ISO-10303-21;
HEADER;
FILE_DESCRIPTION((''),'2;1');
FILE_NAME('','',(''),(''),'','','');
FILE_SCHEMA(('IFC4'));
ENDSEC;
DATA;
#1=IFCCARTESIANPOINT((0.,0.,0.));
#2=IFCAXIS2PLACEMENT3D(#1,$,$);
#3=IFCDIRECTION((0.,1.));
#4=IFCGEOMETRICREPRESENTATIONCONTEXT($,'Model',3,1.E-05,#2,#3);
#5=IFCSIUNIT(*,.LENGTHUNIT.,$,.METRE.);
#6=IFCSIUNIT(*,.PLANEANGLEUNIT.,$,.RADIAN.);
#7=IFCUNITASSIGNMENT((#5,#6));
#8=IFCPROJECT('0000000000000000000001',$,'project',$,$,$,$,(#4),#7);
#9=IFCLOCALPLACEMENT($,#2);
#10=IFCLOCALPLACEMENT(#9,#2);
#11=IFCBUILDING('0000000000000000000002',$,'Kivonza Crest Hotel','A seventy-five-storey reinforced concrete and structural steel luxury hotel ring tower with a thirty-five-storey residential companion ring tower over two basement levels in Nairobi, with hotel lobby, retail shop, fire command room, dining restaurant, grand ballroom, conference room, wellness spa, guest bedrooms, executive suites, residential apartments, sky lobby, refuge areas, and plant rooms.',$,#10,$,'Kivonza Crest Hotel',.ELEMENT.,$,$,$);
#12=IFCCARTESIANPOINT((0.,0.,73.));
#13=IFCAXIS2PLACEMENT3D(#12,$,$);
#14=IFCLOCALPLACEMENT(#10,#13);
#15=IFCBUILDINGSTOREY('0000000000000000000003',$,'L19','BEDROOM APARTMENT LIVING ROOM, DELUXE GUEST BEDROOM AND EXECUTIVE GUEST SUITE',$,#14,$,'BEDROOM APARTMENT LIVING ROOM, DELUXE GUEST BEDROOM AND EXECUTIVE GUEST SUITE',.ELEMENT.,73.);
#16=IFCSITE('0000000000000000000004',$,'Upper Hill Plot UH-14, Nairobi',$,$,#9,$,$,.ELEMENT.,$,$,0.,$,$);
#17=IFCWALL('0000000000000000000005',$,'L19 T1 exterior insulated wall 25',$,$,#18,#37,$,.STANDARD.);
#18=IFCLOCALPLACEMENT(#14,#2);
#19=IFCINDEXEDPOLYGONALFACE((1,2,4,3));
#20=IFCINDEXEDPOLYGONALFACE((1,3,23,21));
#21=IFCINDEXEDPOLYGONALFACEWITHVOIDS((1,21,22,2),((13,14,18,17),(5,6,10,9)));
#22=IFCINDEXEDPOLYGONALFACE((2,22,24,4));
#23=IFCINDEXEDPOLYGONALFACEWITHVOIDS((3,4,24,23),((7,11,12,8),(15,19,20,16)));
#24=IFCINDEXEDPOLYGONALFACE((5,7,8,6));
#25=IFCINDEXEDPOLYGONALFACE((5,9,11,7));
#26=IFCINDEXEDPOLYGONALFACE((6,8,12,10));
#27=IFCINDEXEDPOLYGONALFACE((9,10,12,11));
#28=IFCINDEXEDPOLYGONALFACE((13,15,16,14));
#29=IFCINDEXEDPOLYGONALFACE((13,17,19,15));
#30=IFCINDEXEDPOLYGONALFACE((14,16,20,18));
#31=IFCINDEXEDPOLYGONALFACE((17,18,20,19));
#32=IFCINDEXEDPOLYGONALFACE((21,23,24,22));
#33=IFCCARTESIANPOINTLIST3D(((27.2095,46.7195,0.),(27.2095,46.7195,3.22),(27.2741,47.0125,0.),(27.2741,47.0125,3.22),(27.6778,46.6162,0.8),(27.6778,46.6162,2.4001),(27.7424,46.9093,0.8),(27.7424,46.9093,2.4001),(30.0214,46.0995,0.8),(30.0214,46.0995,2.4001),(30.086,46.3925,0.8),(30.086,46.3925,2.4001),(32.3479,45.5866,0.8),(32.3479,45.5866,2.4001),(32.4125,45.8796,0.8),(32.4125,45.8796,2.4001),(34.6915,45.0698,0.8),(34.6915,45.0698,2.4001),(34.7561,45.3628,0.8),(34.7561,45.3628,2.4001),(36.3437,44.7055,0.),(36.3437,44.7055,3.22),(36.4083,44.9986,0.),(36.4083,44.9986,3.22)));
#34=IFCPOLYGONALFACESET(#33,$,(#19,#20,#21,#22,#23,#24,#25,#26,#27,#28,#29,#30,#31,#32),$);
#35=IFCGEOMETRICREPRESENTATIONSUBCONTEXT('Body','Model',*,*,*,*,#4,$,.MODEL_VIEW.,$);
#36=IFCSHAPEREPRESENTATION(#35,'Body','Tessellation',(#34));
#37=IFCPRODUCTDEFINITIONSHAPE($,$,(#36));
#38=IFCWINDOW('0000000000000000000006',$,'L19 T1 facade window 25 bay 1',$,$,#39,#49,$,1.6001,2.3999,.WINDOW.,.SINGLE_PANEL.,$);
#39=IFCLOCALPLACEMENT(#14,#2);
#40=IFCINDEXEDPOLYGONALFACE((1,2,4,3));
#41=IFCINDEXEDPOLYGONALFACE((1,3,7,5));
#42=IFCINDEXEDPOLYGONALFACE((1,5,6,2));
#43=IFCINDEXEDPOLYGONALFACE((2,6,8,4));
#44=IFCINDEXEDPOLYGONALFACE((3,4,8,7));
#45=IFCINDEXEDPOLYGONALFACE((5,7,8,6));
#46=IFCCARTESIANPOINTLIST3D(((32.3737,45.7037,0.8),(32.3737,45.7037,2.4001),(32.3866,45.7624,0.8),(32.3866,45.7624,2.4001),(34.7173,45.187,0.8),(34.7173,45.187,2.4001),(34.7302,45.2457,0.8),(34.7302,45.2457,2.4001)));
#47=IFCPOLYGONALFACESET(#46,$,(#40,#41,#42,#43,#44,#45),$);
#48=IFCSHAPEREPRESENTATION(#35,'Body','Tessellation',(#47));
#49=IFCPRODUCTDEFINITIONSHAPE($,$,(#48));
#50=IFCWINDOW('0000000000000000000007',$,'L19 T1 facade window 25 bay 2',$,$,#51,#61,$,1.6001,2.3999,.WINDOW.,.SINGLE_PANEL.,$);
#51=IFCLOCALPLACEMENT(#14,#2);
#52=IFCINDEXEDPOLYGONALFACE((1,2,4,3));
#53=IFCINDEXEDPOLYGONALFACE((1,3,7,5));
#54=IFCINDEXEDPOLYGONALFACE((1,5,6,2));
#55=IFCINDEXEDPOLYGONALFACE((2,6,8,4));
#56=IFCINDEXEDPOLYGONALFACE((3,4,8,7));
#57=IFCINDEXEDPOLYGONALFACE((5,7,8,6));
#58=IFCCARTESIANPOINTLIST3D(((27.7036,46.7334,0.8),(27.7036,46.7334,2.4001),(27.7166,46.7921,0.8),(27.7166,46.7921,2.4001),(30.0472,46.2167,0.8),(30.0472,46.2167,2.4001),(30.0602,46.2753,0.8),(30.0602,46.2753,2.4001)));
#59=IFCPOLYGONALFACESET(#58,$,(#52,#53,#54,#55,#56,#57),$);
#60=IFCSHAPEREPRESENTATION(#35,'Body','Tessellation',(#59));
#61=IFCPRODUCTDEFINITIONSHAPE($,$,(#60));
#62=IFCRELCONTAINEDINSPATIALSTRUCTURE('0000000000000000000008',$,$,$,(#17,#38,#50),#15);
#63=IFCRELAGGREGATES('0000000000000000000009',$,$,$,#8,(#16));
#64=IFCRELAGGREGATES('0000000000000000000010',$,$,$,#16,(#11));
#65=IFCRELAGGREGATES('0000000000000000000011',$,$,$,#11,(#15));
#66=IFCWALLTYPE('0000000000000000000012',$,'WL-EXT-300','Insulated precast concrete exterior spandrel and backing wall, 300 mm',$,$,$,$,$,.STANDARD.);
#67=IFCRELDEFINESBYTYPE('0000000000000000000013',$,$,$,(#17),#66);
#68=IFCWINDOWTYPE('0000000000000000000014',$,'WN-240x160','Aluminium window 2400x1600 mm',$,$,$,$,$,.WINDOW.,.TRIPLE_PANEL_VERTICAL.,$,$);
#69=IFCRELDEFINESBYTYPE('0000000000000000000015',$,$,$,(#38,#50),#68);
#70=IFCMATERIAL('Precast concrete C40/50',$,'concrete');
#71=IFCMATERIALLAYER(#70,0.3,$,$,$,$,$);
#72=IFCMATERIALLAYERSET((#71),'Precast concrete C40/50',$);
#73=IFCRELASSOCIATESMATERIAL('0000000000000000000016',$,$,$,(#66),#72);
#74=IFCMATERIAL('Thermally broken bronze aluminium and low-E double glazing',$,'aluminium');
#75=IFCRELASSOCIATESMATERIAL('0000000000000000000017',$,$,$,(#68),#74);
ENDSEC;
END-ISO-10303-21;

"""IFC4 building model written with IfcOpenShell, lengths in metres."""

from ifc_helpers import new_model, si_unit, direction, frame, frame_2d, origin, place, context, subcontext, project, spatial, rectangle, extrude, material, layer, layer_set, type_object, element, fill, save


model = new_model("IFC4")

# Units and contexts
model_context = context("Model", 3, precision=1e-05, world=origin(), true_north=direction((0.0, 1.0)))
body_context = subcontext(model_context, "Body", "Model", "MODEL_VIEW")
ifc_project = project(units=[si_unit("LENGTHUNIT", "METRE"), si_unit("PLANEANGLEUNIT", "RADIAN")], contexts=[model_context])

# Site, building, storey
site_placement = place(None, origin())
site = spatial("IfcSite", under=ifc_project, at=site_placement, Name="Upper Hill Plot UH-14, Nairobi", CompositionType="ELEMENT", RefElevation=0.0)
building_placement = place(site_placement, origin())
building = spatial("IfcBuilding", under=site, at=building_placement, Name="Kivonza Crest Hotel", Description="A seventy-five-storey reinforced concrete and structural steel luxury hotel ring tower with a thirty-five-storey residential companion ring tower over two basement levels in Nairobi, with hotel lobby, retail shop, fire command room, dining restaurant, grand ballroom, conference room, wellness spa, guest bedrooms, executive suites, residential apartments, sky lobby, refuge areas, and plant rooms.", LongName="Kivonza Crest Hotel", CompositionType="ELEMENT")
storey_placement = place(building_placement, frame((0.0, 0.0, 73.0)))
storey = spatial("IfcBuildingStorey", under=building, at=storey_placement, Name="L19", Description="BEDROOM APARTMENT LIVING ROOM, DELUXE GUEST BEDROOM AND EXECUTIVE GUEST SUITE", LongName="BEDROOM APARTMENT LIVING ROOM, DELUXE GUEST BEDROOM AND EXECUTIVE GUEST SUITE", CompositionType="ELEMENT", Elevation=73.0)

# Shared definitions
ifc_material_1 = material(Name="Precast concrete C40/50", Category="concrete")
ifc_layer_1 = layer(ifc_material_1, 0.3)
ifc_layer_set_1 = layer_set([ifc_layer_1], Name="Precast concrete C40/50")
wall_type_1 = type_object("IfcWallType", Name="WL-EXT-300", Description="Insulated precast concrete exterior spandrel and backing wall, 300 mm", PredefinedType="STANDARD", material=ifc_layer_set_1)

# Wall, openings, windows
wall_1_placement = place(storey_placement, frame((36.376, 44.8521, 0.0), z_axis=(0.0, 0.0, 1.0), x_axis=(-0.976545, 0.215313, 0.0)))
wall_1 = element("IfcWall", 1, at=wall_1_placement, inside=storey, type_object=wall_type_1, Name="L19 T1 exterior insulated wall 25", PredefinedType="STANDARD", context=body_context, shape_type="SweptSolid", body=[
    extrude(rectangle(XDim=9.3535, YDim=0.3, at=frame_2d((4.6768, 0.0))), origin(), (0.0, 0.0, 1.0), 3.22),
])
opening_1_placement = place(wall_1_placement, frame((1.6919, 0.0, 0.8)))
opening_1 = element("IfcOpeningElement", 2, at=opening_1_placement, cuts=wall_1, PredefinedType="OPENING", context=body_context, shape_type="SweptSolid", body=[
    extrude(rectangle(XDim=2.3999, YDim=1.6001, at=frame_2d((1.2, 0.8))), frame((0.0, 0.1602, 0.0), z_axis=(0.0, -1.0, 0.0), x_axis=(1.0, 0.0, 0.0)), (0.0, 0.0, 1.0), 0.3201),
])
opening_2_placement = place(wall_1_placement, frame((6.4741, 0.0, 0.8)))
opening_2 = element("IfcOpeningElement", 3, at=opening_2_placement, cuts=wall_1, PredefinedType="OPENING", context=body_context, shape_type="SweptSolid", body=[
    extrude(rectangle(XDim=2.3999, YDim=1.6001, at=frame_2d((1.2, 0.8))), frame((0.0, 0.1602, 0.0), z_axis=(0.0, -1.0, 0.0), x_axis=(1.0, 0.0, 0.0)), (0.0, 0.0, 1.0), 0.3201),
])
ifc_material_2 = material(Name="Thermally broken bronze aluminium and low-E double glazing", Category="aluminium")
window_type = type_object("IfcWindowType", Name="WN-240x160", Description="Aluminium window 2400x1600 mm", PartitioningType="TRIPLE_PANEL_VERTICAL", PredefinedType="WINDOW", material=ifc_material_2)
window_1_placement = place(opening_1_placement, origin())
window_1 = element("IfcWindow", 4, at=window_1_placement, inside=storey, type_object=window_type, Name="L19 T1 facade window 25 bay 1", OverallHeight=1.6001, OverallWidth=2.3999, PartitioningType="SINGLE_PANEL", PredefinedType="WINDOW", context=body_context, shape_type="SweptSolid", body=[
    extrude(rectangle(XDim=2.3999, YDim=1.6001, at=frame_2d((1.2, 0.8))), frame((0.0, 0.03, 0.0), z_axis=(0.0, -1.0, 0.0), x_axis=(1.0, 0.0, 0.0)), (0.0, 0.0, 1.0), 0.0601),
])
fill(opening_1, window_1)
window_2_placement = place(opening_2_placement, origin())
window_2 = element("IfcWindow", 5, at=window_2_placement, inside=storey, type_object=window_type, Name="L19 T1 facade window 25 bay 2", OverallHeight=1.6001, OverallWidth=2.3999, PartitioningType="SINGLE_PANEL", PredefinedType="WINDOW", context=body_context, shape_type="SweptSolid", body=[
    extrude(rectangle(XDim=2.3999, YDim=1.6001, at=frame_2d((1.2, 0.8))), frame((0.0, 0.03, 0.0), z_axis=(0.0, -1.0, 0.0), x_axis=(1.0, 0.0, 0.0)), (0.0, 0.0, 1.0), 0.0601),
])
fill(opening_2, window_2)

save(model, "model.ifc")
